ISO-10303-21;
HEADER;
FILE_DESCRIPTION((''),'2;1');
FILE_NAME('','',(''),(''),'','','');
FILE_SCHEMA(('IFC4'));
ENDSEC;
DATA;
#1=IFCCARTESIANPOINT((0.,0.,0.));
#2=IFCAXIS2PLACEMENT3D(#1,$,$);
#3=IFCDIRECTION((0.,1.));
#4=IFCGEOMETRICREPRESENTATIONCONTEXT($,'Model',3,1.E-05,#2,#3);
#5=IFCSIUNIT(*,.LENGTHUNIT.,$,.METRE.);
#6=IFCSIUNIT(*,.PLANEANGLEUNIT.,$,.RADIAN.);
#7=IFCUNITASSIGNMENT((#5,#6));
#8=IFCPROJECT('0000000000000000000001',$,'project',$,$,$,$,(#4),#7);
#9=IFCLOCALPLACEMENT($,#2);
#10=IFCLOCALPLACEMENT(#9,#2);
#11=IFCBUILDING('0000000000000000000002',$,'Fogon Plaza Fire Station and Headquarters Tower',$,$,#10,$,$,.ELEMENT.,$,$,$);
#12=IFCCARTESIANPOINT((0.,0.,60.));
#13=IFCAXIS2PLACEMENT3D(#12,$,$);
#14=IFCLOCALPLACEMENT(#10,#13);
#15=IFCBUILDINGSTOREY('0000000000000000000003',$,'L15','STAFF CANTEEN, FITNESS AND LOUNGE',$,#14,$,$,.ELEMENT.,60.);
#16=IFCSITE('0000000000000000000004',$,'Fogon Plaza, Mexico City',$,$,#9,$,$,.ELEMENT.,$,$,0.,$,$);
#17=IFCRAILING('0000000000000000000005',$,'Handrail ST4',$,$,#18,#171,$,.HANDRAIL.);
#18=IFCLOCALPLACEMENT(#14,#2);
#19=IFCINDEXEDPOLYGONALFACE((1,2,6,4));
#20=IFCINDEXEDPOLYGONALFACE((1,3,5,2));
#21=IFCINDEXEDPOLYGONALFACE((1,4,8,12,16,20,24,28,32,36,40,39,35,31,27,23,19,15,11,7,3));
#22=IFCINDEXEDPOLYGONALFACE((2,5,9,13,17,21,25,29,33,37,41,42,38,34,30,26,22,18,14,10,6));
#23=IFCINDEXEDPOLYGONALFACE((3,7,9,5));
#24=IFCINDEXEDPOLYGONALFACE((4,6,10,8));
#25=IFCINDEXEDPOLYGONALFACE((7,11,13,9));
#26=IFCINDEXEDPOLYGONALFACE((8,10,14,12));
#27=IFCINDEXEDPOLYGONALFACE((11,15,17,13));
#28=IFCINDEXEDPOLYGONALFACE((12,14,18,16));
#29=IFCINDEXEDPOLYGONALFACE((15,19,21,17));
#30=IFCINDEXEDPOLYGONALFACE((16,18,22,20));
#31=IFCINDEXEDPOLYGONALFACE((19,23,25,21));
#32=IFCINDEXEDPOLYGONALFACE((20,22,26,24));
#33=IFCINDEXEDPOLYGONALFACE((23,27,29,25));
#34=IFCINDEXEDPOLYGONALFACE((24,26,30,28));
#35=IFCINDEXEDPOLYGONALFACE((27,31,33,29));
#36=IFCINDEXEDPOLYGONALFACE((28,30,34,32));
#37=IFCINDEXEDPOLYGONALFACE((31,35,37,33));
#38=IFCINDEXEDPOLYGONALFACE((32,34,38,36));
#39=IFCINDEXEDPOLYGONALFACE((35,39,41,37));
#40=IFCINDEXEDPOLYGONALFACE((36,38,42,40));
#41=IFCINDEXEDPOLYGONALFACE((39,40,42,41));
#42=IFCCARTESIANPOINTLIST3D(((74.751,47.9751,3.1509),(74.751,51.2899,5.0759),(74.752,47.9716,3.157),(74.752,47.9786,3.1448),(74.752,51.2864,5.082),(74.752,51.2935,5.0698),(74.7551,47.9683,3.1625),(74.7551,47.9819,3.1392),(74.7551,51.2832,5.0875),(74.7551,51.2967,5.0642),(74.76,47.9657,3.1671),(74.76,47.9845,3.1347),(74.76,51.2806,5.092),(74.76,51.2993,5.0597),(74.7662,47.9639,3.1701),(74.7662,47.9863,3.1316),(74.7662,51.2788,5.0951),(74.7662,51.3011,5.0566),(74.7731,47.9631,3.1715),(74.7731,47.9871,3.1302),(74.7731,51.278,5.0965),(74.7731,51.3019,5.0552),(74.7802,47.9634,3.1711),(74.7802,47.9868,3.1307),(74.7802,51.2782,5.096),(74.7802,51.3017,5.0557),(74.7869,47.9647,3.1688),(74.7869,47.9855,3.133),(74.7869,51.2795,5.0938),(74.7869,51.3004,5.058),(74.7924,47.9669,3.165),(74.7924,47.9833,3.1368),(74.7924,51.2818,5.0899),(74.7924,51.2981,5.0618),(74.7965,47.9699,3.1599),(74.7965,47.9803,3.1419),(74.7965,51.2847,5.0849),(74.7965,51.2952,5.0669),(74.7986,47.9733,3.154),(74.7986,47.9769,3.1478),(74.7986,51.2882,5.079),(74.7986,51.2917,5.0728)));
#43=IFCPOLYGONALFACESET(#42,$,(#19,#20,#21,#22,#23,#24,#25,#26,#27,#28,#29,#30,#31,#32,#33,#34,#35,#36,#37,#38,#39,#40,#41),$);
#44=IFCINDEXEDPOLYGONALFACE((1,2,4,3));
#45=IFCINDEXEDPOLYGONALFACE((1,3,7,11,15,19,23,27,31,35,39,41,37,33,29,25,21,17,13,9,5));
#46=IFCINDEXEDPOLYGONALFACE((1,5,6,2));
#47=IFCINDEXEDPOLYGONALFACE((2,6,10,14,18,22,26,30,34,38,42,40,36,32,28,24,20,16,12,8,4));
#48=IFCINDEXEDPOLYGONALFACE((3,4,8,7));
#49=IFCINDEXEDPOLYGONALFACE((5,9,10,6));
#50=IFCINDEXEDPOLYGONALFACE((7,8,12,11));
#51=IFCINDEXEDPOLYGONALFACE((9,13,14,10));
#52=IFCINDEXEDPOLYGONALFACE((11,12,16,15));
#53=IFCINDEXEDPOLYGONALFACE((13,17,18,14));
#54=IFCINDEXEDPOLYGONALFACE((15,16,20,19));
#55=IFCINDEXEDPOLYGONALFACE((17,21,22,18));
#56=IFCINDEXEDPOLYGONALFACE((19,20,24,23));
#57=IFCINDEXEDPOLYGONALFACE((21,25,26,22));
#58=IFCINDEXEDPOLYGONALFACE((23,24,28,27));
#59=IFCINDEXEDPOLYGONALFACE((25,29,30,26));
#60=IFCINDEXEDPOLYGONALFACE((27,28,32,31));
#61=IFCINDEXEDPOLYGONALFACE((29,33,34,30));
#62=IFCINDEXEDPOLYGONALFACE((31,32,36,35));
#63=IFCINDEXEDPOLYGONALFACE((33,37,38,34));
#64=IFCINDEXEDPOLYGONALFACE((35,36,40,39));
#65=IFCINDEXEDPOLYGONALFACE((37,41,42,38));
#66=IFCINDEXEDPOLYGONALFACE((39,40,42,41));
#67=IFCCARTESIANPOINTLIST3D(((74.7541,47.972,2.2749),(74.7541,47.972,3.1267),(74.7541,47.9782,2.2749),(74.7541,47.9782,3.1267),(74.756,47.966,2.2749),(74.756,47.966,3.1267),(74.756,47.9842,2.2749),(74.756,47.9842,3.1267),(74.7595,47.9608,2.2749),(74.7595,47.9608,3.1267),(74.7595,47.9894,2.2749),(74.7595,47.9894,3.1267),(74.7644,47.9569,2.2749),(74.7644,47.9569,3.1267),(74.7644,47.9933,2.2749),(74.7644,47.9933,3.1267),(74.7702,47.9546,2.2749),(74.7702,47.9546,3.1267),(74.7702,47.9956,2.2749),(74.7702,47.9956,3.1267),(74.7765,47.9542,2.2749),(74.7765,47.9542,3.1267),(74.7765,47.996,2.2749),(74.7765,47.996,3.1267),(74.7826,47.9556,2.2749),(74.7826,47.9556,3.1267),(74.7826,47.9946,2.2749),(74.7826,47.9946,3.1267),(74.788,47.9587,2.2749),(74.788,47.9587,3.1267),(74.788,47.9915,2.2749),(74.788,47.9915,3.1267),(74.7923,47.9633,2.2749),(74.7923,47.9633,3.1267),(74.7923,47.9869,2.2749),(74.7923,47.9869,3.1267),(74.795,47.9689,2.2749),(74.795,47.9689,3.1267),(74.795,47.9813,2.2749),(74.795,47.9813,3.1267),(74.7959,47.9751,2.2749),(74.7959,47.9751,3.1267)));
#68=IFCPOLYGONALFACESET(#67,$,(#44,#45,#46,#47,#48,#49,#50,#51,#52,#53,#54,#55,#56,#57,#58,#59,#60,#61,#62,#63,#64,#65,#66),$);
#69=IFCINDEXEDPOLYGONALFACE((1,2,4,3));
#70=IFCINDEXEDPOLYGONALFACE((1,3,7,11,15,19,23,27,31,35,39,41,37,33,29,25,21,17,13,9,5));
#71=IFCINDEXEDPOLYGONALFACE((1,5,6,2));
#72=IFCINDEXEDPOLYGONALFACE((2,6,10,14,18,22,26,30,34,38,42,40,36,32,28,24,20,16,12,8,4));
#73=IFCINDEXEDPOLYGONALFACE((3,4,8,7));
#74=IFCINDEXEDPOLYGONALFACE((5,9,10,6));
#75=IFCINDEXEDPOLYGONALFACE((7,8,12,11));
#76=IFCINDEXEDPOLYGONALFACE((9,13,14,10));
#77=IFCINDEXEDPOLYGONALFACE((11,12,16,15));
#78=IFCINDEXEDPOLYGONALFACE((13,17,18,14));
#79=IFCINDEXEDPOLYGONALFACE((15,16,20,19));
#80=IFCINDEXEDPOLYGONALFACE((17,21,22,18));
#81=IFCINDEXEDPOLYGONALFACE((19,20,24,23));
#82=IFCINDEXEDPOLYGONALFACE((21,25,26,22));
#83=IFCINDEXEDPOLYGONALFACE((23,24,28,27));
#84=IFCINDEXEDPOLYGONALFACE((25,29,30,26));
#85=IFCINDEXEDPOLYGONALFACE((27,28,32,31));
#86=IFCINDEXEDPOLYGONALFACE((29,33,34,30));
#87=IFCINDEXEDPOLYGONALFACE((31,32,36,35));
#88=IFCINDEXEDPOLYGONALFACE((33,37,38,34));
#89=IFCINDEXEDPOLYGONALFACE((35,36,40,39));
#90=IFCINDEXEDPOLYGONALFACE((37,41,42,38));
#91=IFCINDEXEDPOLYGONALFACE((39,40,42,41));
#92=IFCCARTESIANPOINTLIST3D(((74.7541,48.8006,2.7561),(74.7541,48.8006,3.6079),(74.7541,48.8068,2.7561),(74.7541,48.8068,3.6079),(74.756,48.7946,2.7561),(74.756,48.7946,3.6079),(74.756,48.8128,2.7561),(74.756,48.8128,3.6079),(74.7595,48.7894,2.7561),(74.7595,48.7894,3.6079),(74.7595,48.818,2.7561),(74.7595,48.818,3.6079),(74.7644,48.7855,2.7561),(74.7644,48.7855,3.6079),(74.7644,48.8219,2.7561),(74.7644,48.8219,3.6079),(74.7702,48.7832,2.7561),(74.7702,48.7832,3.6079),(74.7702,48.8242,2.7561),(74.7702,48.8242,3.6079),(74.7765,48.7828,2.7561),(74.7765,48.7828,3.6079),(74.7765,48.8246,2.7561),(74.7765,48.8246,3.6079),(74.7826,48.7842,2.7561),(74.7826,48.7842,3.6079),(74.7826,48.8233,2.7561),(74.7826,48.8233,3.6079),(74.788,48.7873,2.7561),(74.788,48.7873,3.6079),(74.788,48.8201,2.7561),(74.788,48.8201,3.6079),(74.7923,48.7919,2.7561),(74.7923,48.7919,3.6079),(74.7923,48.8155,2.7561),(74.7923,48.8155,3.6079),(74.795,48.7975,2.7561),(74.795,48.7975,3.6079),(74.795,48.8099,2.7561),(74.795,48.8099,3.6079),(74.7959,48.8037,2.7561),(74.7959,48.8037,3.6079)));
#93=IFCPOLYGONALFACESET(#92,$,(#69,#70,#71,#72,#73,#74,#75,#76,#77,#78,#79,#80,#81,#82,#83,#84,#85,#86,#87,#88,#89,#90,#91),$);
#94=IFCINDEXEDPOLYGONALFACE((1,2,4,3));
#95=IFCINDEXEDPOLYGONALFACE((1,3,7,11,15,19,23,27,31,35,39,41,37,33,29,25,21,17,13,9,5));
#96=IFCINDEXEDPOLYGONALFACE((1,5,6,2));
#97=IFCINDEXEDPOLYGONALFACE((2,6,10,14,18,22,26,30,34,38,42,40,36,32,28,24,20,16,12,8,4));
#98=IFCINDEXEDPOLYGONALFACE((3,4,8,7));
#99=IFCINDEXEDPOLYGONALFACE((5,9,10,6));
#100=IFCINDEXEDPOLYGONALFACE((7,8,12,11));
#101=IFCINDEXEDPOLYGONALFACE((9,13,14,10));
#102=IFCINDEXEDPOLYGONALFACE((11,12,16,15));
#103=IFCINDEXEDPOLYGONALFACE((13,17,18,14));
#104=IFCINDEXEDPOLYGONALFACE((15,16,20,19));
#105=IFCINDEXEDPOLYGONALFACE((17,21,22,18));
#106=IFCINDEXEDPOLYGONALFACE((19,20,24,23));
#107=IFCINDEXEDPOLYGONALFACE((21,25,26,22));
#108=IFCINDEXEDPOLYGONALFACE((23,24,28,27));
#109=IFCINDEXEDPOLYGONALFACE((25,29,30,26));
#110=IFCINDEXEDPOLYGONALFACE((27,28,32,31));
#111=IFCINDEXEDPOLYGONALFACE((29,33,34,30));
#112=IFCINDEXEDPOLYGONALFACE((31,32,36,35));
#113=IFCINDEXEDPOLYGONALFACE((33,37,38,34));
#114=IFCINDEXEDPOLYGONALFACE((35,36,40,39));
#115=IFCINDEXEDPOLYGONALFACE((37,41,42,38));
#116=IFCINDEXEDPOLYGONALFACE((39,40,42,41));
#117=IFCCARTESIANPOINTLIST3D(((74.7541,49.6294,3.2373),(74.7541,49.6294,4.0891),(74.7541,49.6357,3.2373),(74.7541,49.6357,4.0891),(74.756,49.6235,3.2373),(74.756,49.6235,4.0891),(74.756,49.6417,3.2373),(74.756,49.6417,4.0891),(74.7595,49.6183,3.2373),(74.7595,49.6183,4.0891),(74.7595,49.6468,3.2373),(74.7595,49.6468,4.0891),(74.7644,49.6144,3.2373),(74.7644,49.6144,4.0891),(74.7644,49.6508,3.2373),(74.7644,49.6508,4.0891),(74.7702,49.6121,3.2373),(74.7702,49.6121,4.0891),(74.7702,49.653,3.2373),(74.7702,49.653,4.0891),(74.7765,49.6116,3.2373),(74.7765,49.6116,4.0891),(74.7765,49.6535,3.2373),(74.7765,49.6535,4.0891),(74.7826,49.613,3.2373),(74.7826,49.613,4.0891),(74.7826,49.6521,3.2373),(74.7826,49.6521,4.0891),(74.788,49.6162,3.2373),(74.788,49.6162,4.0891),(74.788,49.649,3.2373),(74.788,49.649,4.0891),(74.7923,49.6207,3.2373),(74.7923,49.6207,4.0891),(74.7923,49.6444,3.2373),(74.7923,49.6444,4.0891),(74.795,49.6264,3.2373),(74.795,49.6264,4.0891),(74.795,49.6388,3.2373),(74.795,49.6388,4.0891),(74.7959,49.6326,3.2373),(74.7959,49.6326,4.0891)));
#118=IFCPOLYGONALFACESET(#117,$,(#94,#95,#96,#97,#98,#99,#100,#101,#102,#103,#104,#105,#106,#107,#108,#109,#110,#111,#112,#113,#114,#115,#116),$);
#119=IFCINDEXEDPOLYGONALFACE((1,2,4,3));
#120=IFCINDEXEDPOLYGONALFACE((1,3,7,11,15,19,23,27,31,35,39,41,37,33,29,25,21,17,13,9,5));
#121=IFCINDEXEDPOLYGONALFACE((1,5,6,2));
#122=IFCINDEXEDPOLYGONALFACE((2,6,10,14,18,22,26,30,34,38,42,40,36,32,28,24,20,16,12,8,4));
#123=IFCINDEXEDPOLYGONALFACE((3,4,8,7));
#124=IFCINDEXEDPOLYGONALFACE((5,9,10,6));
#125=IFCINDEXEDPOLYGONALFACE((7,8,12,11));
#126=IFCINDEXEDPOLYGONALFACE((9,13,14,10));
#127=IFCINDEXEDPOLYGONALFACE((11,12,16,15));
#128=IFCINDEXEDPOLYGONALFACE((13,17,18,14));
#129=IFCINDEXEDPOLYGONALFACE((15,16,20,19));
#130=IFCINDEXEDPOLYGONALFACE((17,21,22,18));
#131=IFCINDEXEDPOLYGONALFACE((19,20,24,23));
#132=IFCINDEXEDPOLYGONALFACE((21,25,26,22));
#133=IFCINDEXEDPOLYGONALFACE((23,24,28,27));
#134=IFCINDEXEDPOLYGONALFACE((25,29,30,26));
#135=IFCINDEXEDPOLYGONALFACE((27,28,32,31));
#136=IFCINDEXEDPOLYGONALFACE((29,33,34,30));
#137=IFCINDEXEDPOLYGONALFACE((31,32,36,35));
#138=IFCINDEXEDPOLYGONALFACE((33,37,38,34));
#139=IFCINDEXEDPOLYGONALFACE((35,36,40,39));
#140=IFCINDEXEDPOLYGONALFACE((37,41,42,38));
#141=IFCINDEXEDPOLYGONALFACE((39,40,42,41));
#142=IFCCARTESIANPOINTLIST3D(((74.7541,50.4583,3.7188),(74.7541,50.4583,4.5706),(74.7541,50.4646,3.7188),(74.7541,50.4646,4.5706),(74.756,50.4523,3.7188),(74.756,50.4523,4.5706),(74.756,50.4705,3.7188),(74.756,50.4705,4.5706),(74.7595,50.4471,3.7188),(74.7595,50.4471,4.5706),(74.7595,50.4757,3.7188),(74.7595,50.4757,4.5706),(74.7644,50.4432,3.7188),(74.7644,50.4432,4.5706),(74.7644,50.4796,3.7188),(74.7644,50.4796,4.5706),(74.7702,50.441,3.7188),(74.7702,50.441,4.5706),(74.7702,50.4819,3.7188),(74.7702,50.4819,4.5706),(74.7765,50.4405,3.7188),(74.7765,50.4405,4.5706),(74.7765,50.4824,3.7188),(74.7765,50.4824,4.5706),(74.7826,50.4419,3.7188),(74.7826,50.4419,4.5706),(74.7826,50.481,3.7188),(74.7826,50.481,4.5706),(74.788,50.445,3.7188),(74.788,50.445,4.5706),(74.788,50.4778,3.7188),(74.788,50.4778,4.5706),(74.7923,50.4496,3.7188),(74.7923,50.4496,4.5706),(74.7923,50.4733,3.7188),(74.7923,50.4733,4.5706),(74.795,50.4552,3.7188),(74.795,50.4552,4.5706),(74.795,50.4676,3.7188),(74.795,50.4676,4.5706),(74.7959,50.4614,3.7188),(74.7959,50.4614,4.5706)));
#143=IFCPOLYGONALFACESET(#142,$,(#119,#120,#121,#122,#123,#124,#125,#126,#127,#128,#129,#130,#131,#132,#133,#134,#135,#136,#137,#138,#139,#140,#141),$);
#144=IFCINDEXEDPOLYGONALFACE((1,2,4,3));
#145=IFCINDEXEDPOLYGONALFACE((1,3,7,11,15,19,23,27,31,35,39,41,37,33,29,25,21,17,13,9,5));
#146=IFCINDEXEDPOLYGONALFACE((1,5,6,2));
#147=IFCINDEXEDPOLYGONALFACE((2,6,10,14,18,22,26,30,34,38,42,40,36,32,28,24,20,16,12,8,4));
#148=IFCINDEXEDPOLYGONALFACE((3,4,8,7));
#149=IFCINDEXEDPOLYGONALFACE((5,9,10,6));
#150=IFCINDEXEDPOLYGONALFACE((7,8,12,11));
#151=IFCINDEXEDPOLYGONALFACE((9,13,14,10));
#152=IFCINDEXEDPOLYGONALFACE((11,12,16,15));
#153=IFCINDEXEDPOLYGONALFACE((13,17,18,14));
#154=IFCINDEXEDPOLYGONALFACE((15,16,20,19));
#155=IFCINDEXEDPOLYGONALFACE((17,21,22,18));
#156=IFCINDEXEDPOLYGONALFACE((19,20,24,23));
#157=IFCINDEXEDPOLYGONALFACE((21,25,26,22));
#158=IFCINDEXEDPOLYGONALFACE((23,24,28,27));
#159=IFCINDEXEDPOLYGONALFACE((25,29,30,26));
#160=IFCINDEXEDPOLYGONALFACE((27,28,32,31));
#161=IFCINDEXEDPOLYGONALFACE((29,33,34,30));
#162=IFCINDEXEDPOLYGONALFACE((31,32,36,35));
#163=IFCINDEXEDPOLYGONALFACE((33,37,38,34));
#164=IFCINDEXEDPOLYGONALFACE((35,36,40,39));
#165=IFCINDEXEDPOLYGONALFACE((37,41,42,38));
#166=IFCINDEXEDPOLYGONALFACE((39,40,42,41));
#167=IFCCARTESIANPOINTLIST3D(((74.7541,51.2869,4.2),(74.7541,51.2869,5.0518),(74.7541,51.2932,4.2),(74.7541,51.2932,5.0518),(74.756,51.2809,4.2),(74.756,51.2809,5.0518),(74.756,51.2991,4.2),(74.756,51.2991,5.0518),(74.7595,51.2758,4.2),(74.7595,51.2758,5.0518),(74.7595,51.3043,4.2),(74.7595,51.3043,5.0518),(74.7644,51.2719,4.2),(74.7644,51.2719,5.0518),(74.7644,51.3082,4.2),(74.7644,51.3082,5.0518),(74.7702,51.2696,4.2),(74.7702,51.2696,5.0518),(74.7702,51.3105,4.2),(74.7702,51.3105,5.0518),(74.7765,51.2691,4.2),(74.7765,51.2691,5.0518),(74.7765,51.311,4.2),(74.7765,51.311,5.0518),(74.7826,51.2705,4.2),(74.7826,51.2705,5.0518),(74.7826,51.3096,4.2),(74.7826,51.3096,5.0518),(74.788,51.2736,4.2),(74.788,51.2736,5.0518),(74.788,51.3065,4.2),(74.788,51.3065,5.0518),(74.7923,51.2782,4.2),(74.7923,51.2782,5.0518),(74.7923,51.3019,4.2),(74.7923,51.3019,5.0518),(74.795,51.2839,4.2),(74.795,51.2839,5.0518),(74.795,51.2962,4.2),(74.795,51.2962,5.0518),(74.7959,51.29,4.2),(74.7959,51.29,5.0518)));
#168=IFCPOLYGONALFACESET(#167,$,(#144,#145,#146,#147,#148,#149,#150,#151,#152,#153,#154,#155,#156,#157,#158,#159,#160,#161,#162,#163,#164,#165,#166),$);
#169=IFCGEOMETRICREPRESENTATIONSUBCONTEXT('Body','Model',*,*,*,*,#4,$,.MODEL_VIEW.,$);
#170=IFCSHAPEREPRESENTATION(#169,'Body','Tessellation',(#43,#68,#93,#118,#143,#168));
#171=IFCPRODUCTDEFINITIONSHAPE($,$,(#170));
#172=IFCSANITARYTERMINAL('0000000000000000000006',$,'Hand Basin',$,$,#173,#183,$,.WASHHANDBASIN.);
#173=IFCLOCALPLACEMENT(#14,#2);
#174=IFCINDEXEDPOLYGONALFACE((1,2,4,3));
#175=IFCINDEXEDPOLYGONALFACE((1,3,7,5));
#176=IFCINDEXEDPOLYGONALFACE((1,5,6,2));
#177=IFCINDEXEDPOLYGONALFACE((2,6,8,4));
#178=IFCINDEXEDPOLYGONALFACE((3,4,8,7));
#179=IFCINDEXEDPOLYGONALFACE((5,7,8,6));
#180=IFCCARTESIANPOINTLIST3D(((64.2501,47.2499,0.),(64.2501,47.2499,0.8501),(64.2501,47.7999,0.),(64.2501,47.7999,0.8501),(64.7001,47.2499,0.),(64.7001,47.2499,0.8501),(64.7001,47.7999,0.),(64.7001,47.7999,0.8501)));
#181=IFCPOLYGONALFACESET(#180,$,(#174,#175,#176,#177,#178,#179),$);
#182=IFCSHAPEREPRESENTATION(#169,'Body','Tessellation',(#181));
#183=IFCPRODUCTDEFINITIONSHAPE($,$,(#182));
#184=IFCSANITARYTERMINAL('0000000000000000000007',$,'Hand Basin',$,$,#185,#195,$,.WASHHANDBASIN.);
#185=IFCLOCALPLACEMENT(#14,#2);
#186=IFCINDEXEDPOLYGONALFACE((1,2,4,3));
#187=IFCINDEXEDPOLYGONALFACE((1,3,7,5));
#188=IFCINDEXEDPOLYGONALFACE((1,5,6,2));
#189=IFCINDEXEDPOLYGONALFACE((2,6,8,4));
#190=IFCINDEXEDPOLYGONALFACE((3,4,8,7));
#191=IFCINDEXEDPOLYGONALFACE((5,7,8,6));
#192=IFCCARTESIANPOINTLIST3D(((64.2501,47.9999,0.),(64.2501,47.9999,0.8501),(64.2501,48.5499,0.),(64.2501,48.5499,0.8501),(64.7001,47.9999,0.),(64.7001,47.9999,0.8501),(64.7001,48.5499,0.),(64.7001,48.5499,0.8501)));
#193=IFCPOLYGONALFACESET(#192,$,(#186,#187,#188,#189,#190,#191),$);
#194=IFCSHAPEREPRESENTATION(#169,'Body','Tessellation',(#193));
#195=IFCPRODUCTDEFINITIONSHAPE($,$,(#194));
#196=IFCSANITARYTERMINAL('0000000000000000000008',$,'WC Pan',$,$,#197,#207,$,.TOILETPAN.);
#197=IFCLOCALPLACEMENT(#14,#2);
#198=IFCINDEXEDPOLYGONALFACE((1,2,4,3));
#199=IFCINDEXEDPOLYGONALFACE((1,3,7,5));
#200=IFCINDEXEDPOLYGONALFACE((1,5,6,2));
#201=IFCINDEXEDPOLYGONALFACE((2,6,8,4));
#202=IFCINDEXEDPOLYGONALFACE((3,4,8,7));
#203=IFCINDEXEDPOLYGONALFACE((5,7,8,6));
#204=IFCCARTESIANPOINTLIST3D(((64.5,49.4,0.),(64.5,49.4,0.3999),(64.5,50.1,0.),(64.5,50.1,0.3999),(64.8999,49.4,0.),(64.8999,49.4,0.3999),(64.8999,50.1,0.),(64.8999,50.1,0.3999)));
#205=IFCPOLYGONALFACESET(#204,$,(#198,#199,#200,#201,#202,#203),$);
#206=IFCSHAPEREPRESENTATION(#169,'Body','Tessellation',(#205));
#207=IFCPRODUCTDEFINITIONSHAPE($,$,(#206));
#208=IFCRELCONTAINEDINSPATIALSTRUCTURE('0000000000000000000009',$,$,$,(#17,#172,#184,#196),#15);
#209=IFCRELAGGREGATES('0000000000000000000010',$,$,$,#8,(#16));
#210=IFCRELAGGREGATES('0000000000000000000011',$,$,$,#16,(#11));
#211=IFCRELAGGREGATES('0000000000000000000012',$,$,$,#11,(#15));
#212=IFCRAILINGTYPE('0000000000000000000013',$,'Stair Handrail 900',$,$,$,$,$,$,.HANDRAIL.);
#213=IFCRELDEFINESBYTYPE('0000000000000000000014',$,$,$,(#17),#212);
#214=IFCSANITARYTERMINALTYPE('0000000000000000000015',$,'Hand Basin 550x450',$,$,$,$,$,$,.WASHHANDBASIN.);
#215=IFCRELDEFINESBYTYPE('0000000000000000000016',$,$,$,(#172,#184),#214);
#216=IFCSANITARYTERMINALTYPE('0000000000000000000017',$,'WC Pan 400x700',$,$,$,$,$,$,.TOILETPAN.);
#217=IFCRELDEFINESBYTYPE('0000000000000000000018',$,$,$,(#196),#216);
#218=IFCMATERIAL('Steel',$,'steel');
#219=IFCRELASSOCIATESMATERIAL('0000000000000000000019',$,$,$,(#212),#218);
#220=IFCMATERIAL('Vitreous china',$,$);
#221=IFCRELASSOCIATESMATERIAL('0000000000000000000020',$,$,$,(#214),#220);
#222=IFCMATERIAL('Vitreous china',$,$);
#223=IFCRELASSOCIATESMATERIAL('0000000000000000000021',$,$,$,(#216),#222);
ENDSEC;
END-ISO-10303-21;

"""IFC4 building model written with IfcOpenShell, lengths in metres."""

from ifc_helpers import new_model, si_unit, direction, frame, origin, origin_2d, place, context, subcontext, project, spatial, rectangle, circle, extrude, material, type_object, element, save


model = new_model("IFC4")

# Units and contexts
model_context = context("Model", 3, precision=1e-05, world=origin(), true_north=direction((0.0, 1.0)))
body_context = subcontext(model_context, "Body", "Model", "MODEL_VIEW")
ifc_project = project(units=[si_unit("LENGTHUNIT", "METRE"), si_unit("PLANEANGLEUNIT", "RADIAN")], contexts=[model_context])

# Site, building, storey
site_placement = place(None, origin())
site = spatial("IfcSite", under=ifc_project, at=site_placement, Name="Fogon Plaza, Mexico City", CompositionType="ELEMENT", RefElevation=0.0)
building_placement = place(site_placement, origin())
building = spatial("IfcBuilding", under=site, at=building_placement, Name="Fogon Plaza Fire Station and Headquarters Tower", CompositionType="ELEMENT")
storey_placement = place(building_placement, frame((0.0, 0.0, 60.0)))
storey = spatial("IfcBuildingStorey", under=building, at=storey_placement, Name="L15", Description="STAFF CANTEEN, FITNESS AND LOUNGE", CompositionType="ELEMENT", Elevation=60.0)

# Railing
ifc_material_1 = material(Name="Steel", Category="steel")
railing_type = type_object("IfcRailingType", Name="Stair Handrail 900", PredefinedType="HANDRAIL", material=ifc_material_1)
for number, where, name in (
    (1, (74.7749, 47.9751, 2.2749), "Handrail ST4"),
):
    element("IfcRailing", number, at=place(storey_placement, frame(where)), inside=storey, type_object=railing_type, Name=name, PredefinedType="HANDRAIL", context=body_context, shape_type="SweptSolid", body=[
        extrude(circle(Radius=0.0239, at=origin_2d()), frame((0.0, 0.0, 0.876), z_axis=(0.0, 0.864761, 0.502183), x_axis=(-1.0, 0.0, 0.0)), (0.0, 0.0, 1.0), 3.8333),
        extrude(circle(Radius=0.021, at=origin_2d()), origin(), (0.0, 0.0, 1.0), 0.8518),
        extrude(circle(Radius=0.021, at=origin_2d()), frame((0.0, 0.8286, 0.4812)), (0.0, 0.0, 1.0), 0.8518),
        extrude(circle(Radius=0.021, at=origin_2d()), frame((0.0, 1.6575, 0.9624)), (0.0, 0.0, 1.0), 0.8518),
        extrude(circle(Radius=0.021, at=origin_2d()), frame((0.0, 2.4863, 1.4438)), (0.0, 0.0, 1.0), 0.8518),
        extrude(circle(Radius=0.021, at=origin_2d()), frame((0.0, 3.3149, 1.925)), (0.0, 0.0, 1.0), 0.8518),
    ])

# Sanitary terminals
ifc_material_2 = material(Name="Vitreous china")
sanitary_terminal_type_1 = type_object("IfcSanitaryTerminalType", Name="Hand Basin 550x450", PredefinedType="WASHHANDBASIN", material=ifc_material_2)
for number, where, z_axis, x_axis, name in (
    (2, (64.4751, 47.5249, 0.0), (0.0, 0.0, 1.0), (1.0, 0.0, 0.0), "Hand Basin"),
    (3, (64.4751, 48.2749, 0.0), (0.0, 0.0, 1.0), (1.0, 0.0, 0.0), "Hand Basin"),
):
    element("IfcSanitaryTerminal", number, at=place(storey_placement, frame(where, z_axis=z_axis, x_axis=x_axis)), inside=storey, type_object=sanitary_terminal_type_1, Name=name, PredefinedType="WASHHANDBASIN", context=body_context, shape_type="SweptSolid", body=[
        extrude(rectangle(XDim=0.45, YDim=0.55, at=origin_2d()), origin(), (0.0, 0.0, 1.0), 0.8501),
    ])
ifc_material_3 = material(Name="Vitreous china")
sanitary_terminal_type_2 = type_object("IfcSanitaryTerminalType", Name="WC Pan 400x700", PredefinedType="TOILETPAN", material=ifc_material_3)
for number, where, z_axis, x_axis, name in (
    (4, (64.7, 49.75, 0.0), (0.0, 0.0, 1.0), (1.0, 0.0, 0.0), "WC Pan"),
):
    element("IfcSanitaryTerminal", number, at=place(storey_placement, frame(where, z_axis=z_axis, x_axis=x_axis)), inside=storey, type_object=sanitary_terminal_type_2, Name=name, PredefinedType="TOILETPAN", context=body_context, shape_type="SweptSolid", body=[
        extrude(rectangle(XDim=0.3999, YDim=0.7, at=origin_2d()), origin(), (0.0, 0.0, 1.0), 0.3999),
    ])

save(model, "model.ifc")
